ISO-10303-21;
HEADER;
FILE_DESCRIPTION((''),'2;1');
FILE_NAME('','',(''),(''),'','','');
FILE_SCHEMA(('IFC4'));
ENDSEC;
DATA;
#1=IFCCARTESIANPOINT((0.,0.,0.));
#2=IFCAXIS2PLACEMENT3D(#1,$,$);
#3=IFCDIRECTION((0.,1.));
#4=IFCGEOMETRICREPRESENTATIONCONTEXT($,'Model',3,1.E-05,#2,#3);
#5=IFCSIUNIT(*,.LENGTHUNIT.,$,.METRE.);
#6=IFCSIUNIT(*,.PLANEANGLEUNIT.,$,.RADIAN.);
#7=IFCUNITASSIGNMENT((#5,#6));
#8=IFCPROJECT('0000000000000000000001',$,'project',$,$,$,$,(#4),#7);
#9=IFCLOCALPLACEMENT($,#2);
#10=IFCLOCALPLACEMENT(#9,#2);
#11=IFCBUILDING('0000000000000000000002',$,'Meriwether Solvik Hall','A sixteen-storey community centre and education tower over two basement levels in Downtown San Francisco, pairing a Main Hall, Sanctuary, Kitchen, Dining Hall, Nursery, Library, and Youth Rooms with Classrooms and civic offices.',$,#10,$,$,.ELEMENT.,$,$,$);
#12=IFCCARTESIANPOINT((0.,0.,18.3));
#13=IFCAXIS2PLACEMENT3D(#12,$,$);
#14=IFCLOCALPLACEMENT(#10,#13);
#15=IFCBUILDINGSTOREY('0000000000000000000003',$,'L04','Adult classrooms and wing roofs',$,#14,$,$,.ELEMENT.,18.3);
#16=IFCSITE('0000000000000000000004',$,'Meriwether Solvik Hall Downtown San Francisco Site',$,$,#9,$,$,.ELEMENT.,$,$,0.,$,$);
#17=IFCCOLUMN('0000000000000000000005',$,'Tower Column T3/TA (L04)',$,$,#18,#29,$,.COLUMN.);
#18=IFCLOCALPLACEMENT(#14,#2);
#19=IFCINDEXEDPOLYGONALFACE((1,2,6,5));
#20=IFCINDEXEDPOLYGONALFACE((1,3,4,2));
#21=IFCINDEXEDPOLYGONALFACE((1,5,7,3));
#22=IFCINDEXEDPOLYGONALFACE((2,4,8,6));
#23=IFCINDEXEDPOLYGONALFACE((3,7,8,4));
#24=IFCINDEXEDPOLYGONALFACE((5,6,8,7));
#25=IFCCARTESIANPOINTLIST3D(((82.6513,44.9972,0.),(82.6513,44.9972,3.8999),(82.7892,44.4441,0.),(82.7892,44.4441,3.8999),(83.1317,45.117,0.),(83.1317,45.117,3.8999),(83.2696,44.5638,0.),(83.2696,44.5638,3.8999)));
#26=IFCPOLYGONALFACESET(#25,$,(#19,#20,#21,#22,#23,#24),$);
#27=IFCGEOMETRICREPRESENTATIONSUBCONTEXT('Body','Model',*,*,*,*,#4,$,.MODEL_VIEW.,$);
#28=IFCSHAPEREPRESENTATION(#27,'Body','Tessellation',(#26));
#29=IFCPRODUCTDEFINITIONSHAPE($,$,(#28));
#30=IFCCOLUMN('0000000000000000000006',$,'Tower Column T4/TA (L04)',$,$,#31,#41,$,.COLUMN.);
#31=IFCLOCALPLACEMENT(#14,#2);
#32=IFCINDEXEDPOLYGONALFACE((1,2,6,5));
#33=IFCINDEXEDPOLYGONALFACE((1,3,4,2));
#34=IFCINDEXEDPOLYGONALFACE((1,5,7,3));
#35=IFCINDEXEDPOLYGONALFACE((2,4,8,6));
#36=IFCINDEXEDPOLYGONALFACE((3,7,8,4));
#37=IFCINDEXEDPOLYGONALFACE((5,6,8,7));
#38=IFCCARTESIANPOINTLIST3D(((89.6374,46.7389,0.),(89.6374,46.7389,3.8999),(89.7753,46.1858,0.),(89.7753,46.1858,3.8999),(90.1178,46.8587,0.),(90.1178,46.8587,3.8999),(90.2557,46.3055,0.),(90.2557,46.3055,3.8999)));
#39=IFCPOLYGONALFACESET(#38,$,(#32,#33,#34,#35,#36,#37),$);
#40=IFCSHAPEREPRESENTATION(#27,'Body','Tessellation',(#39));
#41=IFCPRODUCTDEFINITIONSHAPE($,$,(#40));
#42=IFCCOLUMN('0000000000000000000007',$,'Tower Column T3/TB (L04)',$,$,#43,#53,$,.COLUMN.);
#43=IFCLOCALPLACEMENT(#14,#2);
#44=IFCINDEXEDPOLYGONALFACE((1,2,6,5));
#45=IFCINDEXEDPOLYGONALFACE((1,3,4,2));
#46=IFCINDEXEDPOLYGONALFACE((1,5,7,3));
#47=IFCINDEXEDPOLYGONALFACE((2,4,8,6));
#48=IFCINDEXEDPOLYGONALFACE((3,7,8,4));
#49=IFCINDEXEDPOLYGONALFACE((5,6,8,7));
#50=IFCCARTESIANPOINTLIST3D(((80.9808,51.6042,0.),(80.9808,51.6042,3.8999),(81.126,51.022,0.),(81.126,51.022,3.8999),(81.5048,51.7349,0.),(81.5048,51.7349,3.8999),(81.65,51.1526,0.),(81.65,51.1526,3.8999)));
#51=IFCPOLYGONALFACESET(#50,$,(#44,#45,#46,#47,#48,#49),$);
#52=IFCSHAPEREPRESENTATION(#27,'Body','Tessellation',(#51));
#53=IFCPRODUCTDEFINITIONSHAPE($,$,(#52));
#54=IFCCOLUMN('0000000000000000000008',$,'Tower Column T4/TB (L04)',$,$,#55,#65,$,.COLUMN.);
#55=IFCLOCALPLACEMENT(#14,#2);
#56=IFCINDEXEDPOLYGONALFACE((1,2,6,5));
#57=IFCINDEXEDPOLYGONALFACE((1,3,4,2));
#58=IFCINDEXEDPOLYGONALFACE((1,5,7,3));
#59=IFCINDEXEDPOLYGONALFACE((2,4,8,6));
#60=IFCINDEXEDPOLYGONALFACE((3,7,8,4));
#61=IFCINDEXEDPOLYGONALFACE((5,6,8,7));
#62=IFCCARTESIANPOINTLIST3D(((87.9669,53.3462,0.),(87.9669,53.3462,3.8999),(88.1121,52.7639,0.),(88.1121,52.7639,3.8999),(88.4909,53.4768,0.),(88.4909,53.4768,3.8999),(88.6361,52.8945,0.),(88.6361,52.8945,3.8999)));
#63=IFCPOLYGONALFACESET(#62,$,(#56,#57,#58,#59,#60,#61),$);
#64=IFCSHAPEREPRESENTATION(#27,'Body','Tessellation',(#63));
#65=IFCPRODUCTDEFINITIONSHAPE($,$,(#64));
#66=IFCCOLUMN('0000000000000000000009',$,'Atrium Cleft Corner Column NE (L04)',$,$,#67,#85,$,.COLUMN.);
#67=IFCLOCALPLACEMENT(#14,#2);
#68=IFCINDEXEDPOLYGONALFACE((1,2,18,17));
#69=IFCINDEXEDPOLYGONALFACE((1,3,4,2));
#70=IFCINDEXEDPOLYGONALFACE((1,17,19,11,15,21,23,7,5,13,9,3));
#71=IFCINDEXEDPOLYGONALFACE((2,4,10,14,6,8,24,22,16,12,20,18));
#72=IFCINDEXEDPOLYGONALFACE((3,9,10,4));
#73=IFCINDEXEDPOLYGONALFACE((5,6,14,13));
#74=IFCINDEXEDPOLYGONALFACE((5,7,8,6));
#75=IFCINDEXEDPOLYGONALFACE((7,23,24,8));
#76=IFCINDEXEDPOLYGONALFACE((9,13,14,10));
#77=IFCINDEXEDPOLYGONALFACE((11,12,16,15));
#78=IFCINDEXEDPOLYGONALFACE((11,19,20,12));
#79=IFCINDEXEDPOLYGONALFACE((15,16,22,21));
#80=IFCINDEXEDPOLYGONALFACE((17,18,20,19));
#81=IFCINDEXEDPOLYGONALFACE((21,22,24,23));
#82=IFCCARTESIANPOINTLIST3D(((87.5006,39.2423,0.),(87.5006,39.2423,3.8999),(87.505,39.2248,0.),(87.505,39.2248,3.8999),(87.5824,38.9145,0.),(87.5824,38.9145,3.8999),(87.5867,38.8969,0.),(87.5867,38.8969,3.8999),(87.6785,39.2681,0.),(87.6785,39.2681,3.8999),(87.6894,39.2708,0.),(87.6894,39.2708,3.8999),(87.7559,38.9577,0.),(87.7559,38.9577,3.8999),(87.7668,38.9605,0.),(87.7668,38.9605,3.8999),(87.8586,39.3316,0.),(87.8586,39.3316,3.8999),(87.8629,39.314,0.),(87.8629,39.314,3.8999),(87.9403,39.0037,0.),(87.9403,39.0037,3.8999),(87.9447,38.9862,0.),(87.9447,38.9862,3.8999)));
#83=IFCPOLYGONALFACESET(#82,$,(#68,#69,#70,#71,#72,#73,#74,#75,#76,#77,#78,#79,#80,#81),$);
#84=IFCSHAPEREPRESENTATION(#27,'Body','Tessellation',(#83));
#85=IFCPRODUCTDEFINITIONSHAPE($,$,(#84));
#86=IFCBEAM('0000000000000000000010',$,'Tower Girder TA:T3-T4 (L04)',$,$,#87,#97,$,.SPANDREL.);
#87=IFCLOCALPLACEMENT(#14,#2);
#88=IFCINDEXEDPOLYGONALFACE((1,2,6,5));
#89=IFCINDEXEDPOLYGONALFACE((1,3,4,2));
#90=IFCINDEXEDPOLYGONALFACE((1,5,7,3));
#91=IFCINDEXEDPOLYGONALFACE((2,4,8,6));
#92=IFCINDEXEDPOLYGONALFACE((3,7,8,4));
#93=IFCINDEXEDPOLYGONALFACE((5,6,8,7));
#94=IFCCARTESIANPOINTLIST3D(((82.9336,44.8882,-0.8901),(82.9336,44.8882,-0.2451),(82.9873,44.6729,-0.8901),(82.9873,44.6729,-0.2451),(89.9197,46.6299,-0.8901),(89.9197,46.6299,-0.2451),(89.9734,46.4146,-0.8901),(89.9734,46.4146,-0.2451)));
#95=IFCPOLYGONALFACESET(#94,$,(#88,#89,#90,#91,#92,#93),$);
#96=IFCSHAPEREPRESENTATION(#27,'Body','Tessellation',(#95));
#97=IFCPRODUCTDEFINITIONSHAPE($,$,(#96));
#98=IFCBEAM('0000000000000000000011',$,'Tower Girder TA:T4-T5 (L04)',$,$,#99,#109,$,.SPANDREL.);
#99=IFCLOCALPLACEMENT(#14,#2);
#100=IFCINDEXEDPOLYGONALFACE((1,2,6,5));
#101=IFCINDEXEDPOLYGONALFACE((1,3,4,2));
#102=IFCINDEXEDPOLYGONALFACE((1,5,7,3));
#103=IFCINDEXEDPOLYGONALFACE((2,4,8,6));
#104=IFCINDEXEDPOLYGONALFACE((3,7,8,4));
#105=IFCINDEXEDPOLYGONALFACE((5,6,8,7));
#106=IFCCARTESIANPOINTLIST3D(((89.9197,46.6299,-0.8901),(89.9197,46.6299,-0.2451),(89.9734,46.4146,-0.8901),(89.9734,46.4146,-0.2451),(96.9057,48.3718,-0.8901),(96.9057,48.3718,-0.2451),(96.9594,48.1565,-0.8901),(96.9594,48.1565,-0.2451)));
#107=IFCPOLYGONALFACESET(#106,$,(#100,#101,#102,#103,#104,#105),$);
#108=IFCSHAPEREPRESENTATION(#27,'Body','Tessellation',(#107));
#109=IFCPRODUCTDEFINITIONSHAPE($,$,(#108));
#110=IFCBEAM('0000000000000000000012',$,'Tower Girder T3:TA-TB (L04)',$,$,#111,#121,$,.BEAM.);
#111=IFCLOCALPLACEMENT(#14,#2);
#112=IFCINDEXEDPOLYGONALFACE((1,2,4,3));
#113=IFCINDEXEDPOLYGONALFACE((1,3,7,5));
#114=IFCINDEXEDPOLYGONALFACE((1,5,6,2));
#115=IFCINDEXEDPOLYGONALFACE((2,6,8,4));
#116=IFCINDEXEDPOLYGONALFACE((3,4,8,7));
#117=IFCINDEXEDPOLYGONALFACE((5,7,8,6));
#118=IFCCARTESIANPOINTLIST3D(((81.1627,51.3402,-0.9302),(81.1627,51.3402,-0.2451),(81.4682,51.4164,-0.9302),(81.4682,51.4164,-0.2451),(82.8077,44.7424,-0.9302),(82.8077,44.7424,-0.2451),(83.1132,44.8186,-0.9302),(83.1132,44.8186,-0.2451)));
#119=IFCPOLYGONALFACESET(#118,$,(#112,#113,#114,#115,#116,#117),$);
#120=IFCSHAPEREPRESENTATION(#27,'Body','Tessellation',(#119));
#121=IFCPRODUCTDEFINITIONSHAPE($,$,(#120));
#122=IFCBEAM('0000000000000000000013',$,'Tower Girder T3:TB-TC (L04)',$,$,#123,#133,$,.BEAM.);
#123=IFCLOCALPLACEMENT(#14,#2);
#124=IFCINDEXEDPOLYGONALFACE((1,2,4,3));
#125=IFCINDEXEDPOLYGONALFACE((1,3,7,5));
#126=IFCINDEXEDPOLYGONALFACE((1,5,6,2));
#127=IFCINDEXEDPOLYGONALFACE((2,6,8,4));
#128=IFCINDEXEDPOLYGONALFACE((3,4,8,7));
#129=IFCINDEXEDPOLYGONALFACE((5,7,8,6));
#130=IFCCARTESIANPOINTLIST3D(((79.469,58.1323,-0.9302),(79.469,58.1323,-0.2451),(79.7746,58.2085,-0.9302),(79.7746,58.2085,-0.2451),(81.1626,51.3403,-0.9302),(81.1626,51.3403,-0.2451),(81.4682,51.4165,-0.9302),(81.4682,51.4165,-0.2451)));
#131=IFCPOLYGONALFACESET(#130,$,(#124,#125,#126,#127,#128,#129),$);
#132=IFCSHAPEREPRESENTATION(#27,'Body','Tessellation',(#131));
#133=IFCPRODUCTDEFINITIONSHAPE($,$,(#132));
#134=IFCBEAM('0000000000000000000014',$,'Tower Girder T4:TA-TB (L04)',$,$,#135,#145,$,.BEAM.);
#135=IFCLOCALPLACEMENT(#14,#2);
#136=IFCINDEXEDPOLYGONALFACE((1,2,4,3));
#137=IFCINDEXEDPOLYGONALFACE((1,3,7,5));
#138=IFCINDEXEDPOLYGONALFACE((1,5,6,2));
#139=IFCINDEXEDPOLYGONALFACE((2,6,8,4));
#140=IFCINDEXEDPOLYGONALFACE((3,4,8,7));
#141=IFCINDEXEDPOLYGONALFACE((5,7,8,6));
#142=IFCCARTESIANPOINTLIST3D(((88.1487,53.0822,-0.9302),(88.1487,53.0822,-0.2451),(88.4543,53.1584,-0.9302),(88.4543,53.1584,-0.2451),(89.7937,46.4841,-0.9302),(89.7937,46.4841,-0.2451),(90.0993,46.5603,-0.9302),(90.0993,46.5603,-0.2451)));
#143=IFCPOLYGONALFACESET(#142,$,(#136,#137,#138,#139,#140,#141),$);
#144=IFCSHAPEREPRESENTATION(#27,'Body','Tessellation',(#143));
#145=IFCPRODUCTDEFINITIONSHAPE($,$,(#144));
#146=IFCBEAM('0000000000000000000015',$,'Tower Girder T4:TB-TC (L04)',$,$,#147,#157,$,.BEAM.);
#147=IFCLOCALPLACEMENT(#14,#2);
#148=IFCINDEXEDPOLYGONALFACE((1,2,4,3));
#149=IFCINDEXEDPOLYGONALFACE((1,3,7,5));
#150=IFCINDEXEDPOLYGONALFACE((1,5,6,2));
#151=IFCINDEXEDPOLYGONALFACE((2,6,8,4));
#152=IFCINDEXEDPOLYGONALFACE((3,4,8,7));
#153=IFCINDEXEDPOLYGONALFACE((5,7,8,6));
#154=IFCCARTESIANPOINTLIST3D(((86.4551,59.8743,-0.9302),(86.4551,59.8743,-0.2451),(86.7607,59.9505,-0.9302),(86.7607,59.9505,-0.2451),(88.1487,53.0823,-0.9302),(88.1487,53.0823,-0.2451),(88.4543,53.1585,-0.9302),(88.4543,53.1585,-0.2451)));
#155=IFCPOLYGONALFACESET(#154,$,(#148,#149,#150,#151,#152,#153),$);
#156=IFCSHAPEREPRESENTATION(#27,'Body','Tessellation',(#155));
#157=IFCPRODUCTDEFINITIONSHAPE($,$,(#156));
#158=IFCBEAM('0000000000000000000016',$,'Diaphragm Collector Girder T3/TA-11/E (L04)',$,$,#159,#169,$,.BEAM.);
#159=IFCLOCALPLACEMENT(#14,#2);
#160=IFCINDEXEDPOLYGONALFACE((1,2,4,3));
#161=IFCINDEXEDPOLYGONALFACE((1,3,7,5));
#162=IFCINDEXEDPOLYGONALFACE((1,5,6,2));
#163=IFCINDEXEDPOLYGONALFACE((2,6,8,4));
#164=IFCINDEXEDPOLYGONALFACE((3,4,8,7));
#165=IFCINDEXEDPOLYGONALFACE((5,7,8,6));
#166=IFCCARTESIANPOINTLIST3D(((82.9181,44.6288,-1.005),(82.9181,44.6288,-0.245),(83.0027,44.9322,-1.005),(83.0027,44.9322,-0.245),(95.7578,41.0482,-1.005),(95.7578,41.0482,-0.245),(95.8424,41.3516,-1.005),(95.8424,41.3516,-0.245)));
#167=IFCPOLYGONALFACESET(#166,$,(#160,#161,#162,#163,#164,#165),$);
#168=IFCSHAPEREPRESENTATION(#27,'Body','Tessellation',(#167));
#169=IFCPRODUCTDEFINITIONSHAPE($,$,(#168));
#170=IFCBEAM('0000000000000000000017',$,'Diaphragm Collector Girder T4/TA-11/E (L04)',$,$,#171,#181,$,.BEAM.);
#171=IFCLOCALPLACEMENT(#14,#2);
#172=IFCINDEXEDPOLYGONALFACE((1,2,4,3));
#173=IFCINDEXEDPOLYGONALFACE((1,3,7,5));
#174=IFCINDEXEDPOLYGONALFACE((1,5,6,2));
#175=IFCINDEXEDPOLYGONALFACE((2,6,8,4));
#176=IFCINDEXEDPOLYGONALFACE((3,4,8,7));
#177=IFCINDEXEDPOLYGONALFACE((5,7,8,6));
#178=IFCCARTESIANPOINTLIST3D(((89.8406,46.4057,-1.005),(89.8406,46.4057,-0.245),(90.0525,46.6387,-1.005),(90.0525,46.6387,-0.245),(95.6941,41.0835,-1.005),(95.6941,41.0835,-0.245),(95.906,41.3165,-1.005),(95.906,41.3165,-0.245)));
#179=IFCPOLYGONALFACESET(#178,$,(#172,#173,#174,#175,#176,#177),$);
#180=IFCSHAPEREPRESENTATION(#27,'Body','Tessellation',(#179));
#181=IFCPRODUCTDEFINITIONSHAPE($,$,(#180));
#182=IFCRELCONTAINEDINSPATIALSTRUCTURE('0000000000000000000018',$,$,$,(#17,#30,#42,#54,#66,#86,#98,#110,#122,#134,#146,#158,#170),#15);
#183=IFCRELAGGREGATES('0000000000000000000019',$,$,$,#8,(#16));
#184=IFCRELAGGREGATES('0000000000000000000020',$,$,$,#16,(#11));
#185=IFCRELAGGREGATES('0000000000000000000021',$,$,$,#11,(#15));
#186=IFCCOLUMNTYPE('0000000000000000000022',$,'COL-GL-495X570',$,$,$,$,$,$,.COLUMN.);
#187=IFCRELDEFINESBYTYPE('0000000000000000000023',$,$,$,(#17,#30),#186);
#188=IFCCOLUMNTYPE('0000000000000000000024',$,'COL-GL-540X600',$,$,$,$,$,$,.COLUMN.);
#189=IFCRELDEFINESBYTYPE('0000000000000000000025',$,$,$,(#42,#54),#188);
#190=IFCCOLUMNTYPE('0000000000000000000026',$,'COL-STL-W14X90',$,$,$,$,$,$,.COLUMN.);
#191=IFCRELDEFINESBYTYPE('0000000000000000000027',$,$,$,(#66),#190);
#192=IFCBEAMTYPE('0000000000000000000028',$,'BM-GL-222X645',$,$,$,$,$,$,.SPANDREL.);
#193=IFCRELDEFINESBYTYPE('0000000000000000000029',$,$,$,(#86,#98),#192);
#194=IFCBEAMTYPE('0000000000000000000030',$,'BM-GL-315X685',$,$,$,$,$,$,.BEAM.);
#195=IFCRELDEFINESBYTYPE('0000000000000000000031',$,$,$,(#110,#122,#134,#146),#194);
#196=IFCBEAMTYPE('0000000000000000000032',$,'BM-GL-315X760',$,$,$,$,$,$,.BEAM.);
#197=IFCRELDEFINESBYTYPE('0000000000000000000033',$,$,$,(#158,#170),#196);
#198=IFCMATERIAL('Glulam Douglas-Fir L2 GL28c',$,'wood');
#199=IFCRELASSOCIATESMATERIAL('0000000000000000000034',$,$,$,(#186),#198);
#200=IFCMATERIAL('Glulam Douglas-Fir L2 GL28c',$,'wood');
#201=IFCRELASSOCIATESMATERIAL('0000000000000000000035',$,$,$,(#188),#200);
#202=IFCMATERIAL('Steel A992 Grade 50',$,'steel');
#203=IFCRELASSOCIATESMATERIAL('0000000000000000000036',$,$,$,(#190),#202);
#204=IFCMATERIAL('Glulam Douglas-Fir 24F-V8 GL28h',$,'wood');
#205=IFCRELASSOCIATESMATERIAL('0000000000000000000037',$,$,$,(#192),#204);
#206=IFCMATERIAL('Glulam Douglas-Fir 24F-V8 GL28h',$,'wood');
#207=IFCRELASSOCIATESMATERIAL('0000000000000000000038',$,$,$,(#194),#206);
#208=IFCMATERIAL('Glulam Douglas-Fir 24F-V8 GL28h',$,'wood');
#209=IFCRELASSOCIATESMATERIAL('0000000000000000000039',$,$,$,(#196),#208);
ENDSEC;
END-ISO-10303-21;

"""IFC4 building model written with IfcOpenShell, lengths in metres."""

from ifc_helpers import new_model, si_unit, direction, frame, origin, origin_2d, place, context, subcontext, project, spatial, rectangle, i_section, extrude, material, material_profile, profile_set, type_object, element, save


model = new_model("IFC4")

# Units and contexts
model_context = context("Model", 3, precision=1e-05, world=origin(), true_north=direction((0.0, 1.0)))
body_context = subcontext(model_context, "Body", "Model", "MODEL_VIEW")
ifc_project = project(units=[si_unit("LENGTHUNIT", "METRE"), si_unit("PLANEANGLEUNIT", "RADIAN")], contexts=[model_context])

# Site, building, storey
site_placement = place(None, origin())
site = spatial("IfcSite", under=ifc_project, at=site_placement, Name="Meriwether Solvik Hall Downtown San Francisco Site", CompositionType="ELEMENT", RefElevation=0.0)
building_placement = place(site_placement, origin())
building = spatial("IfcBuilding", under=site, at=building_placement, Name="Meriwether Solvik Hall", Description="A sixteen-storey community centre and education tower over two basement levels in Downtown San Francisco, pairing a Main Hall, Sanctuary, Kitchen, Dining Hall, Nursery, Library, and Youth Rooms with Classrooms and civic offices.", CompositionType="ELEMENT")
storey_placement = place(building_placement, frame((0.0, 0.0, 18.3)))
storey = spatial("IfcBuildingStorey", under=building, at=storey_placement, Name="L04", Description="Adult classrooms and wing roofs", CompositionType="ELEMENT", Elevation=18.3)

# Columns
ifc_material_1 = material(Name="Glulam Douglas-Fir L2 GL28c", Category="wood")
ifc_material_profile_1 = material_profile(ifc_material_1, rectangle(XDim=0.4951, YDim=0.5701, at=origin_2d()), Name="GLC-495X570")
ifc_profile_set_1 = profile_set([ifc_material_profile_1], Name="Glulam Douglas-Fir L2 GL28c")
column_type_1 = type_object("IfcColumnType", Name="COL-GL-495X570", PredefinedType="COLUMN", material=ifc_profile_set_1)
for number, where, z_axis, x_axis, name in (
    (1, (82.9604, 44.7805, 0.0), (0.0, 0.0, 1.0), (0.970296, 0.241922, 0.0), "Tower Column T3/TA (L04)"),
    (2, (89.9465, 46.5222, 0.0), (0.0, 0.0, 1.0), (0.970296, 0.241922, 0.0), "Tower Column T4/TA (L04)"),
):
    element("IfcColumn", number, at=place(storey_placement, frame(where, z_axis=z_axis, x_axis=x_axis)), inside=storey, type_object=column_type_1, Name=name, PredefinedType="COLUMN", context=body_context, shape_type="SweptSolid", body=[
        extrude(rectangle(XDim=0.4951, YDim=0.5701, at=origin_2d()), origin(), (0.0, 0.0, 1.0), 3.8999),
    ])
ifc_material_2 = material(Name="Glulam Douglas-Fir L2 GL28c", Category="wood")
ifc_material_profile_2 = material_profile(ifc_material_2, rectangle(XDim=0.54, YDim=0.6001, at=origin_2d()), Name="GLC-540X600")
ifc_profile_set_2 = profile_set([ifc_material_profile_2], Name="Glulam Douglas-Fir L2 GL28c")
column_type_2 = type_object("IfcColumnType", Name="COL-GL-540X600", PredefinedType="COLUMN", material=ifc_profile_set_2)
for number, where, z_axis, x_axis, name in (
    (3, (81.3154, 51.3784, 0.0), (0.0, 0.0, 1.0), (0.970296, 0.241922, 0.0), "Tower Column T3/TB (L04)"),
    (4, (88.3015, 53.1204, 0.0), (0.0, 0.0, 1.0), (0.970296, 0.241922, 0.0), "Tower Column T4/TB (L04)"),
):
    element("IfcColumn", number, at=place(storey_placement, frame(where, z_axis=z_axis, x_axis=x_axis)), inside=storey, type_object=column_type_2, Name=name, PredefinedType="COLUMN", context=body_context, shape_type="SweptSolid", body=[
        extrude(rectangle(XDim=0.54, YDim=0.6001, at=origin_2d()), origin(), (0.0, 0.0, 1.0), 3.8999),
    ])
ifc_material_3 = material(Name="Steel A992 Grade 50", Category="steel")
ifc_material_profile_3 = material_profile(ifc_material_3, i_section(OverallWidth=0.3689, OverallDepth=0.356, WebThickness=0.0112, FlangeThickness=0.0181, at=origin_2d()), Name="W14X90")
ifc_profile_set_3 = profile_set([ifc_material_profile_3], Name="Steel A992 Grade 50")
column_type_3 = type_object("IfcColumnType", Name="COL-STL-W14X90", PredefinedType="COLUMN", material=ifc_profile_set_3)
column_placement = place(storey_placement, frame((87.7227, 39.1143, 0.0), z_axis=(0.0, 0.0, 1.0), x_axis=(0.970296, 0.241922, 0.0)))
element("IfcColumn", 5, at=column_placement, inside=storey, type_object=column_type_3, Name="Atrium Cleft Corner Column NE (L04)", PredefinedType="COLUMN", context=body_context, shape_type="SweptSolid", body=[
    extrude(i_section(OverallWidth=0.3689, OverallDepth=0.356, WebThickness=0.0112, FlangeThickness=0.0181, at=origin_2d()), origin(), (0.0, 0.0, 1.0), 3.8999),
])

# Beams
ifc_material_4 = material(Name="Glulam Douglas-Fir 24F-V8 GL28h", Category="wood")
ifc_material_profile_4 = material_profile(ifc_material_4, rectangle(XDim=0.2219, YDim=0.645, at=origin_2d()), Name="GLB-222X645")
ifc_profile_set_4 = profile_set([ifc_material_profile_4], Name="Glulam Douglas-Fir 24F-V8 GL28h")
beam_type_1 = type_object("IfcBeamType", Name="BM-GL-222X645", PredefinedType="SPANDREL", material=ifc_profile_set_4)
for number, where, z_axis, x_axis, name in (
    (6, (82.9604, 44.7805, -0.5676), (0.9703, 0.241905, 0.0), (-0.241905, 0.9703, 0.0), "Tower Girder TA:T3-T4 (L04)"),
    (7, (89.9465, 46.5222, -0.5676), (0.970292, 0.241937, 0.0), (-0.241937, 0.970292, 0.0), "Tower Girder TA:T4-T5 (L04)"),
):
    element("IfcBeam", number, at=place(storey_placement, frame(where, z_axis=z_axis, x_axis=x_axis)), inside=storey, type_object=beam_type_1, Name=name, PredefinedType="SPANDREL", context=body_context, shape_type="SweptSolid", body=[
        extrude(rectangle(XDim=0.2219, YDim=0.645, at=origin_2d()), origin(), (0.0, 0.0, 1.0), 7.2),
    ])
ifc_material_5 = material(Name="Glulam Douglas-Fir 24F-V8 GL28h", Category="wood")
ifc_material_profile_5 = material_profile(ifc_material_5, rectangle(XDim=0.3149, YDim=0.6851, at=origin_2d()), Name="GLB-315X685")
ifc_profile_set_5 = profile_set([ifc_material_profile_5], Name="Glulam Douglas-Fir 24F-V8 GL28h")
beam_type_2 = type_object("IfcBeamType", Name="BM-GL-315X685", PredefinedType="BEAM", material=ifc_profile_set_5)
beam_1_placement = place(storey_placement, frame((82.9604, 44.7805, -0.5876), z_axis=(-0.241919, 0.970296, 0.0), x_axis=(-0.970296, -0.241919, 0.0)))
element("IfcBeam", 8, at=beam_1_placement, inside=storey, type_object=beam_type_2, Name="Tower Girder T3:TA-TB (L04)", PredefinedType="BEAM", context=body_context, shape_type="SweptSolid", body=[
    extrude(rectangle(XDim=0.3149, YDim=0.6851, at=origin_2d()), origin(), (0.0, 0.0, 1.0), 6.7998),
])
beam_2_placement = place(storey_placement, frame((81.3154, 51.3784, -0.5876), z_axis=(-0.241945, 0.97029, 0.0), x_axis=(-0.97029, -0.241945, 0.0)))
element("IfcBeam", 9, at=beam_2_placement, inside=storey, type_object=beam_type_2, Name="Tower Girder T3:TB-TC (L04)", PredefinedType="BEAM", context=body_context, shape_type="SweptSolid", body=[
    extrude(rectangle(XDim=0.3149, YDim=0.6851, at=origin_2d()), origin(), (0.0, 0.0, 1.0), 7.0),
])
beam_3_placement = place(storey_placement, frame((89.9465, 46.5222, -0.5876), z_axis=(-0.24191, 0.970299, 0.0), x_axis=(-0.970299, -0.24191, 0.0)))
element("IfcBeam", 10, at=beam_3_placement, inside=storey, type_object=beam_type_2, Name="Tower Girder T4:TA-TB (L04)", PredefinedType="BEAM", context=body_context, shape_type="SweptSolid", body=[
    extrude(rectangle(XDim=0.3149, YDim=0.6851, at=origin_2d()), origin(), (0.0, 0.0, 1.0), 6.8),
])
beam_4_placement = place(storey_placement, frame((88.3015, 53.1204, -0.5876), z_axis=(-0.241945, 0.97029, 0.0), x_axis=(-0.97029, -0.241945, 0.0)))
element("IfcBeam", 11, at=beam_4_placement, inside=storey, type_object=beam_type_2, Name="Tower Girder T4:TB-TC (L04)", PredefinedType="BEAM", context=body_context, shape_type="SweptSolid", body=[
    extrude(rectangle(XDim=0.3149, YDim=0.6851, at=origin_2d()), origin(), (0.0, 0.0, 1.0), 7.0),
])
ifc_material_6 = material(Name="Glulam Douglas-Fir 24F-V8 GL28h", Category="wood")
ifc_material_profile_6 = material_profile(ifc_material_6, rectangle(XDim=0.3149, YDim=0.76, at=origin_2d()), Name="GLB-315X760")
ifc_profile_set_6 = profile_set([ifc_material_profile_6], Name="Glulam Douglas-Fir 24F-V8 GL28h")
beam_type_3 = type_object("IfcBeamType", Name="BM-GL-315X760", PredefinedType="BEAM", material=ifc_profile_set_6)
beam_5_placement = place(storey_placement, frame((82.9604, 44.7805, -0.625), z_axis=(0.963246, -0.26862, 0.0), x_axis=(0.26862, 0.963246, 0.0)))
element("IfcBeam", 12, at=beam_5_placement, inside=storey, type_object=beam_type_3, Name="Diaphragm Collector Girder T3/TA-11/E (L04)", PredefinedType="BEAM", context=body_context, shape_type="SweptSolid", body=[
    extrude(rectangle(XDim=0.3149, YDim=0.76, at=origin_2d()), origin(), (0.0, 0.0, 1.0), 13.3296),
])
beam_6_placement = place(storey_placement, frame((89.9465, 46.5222, -0.625), z_axis=(0.739884, -0.672734, 0.0), x_axis=(0.672734, 0.739884, 0.0)))
element("IfcBeam", 13, at=beam_6_placement, inside=storey, type_object=beam_type_3, Name="Diaphragm Collector Girder T4/TA-11/E (L04)", PredefinedType="BEAM", context=body_context, shape_type="SweptSolid", body=[
    extrude(rectangle(XDim=0.3149, YDim=0.76, at=origin_2d()), origin(), (0.0, 0.0, 1.0), 7.9114),
])

save(model, "model.ifc")
